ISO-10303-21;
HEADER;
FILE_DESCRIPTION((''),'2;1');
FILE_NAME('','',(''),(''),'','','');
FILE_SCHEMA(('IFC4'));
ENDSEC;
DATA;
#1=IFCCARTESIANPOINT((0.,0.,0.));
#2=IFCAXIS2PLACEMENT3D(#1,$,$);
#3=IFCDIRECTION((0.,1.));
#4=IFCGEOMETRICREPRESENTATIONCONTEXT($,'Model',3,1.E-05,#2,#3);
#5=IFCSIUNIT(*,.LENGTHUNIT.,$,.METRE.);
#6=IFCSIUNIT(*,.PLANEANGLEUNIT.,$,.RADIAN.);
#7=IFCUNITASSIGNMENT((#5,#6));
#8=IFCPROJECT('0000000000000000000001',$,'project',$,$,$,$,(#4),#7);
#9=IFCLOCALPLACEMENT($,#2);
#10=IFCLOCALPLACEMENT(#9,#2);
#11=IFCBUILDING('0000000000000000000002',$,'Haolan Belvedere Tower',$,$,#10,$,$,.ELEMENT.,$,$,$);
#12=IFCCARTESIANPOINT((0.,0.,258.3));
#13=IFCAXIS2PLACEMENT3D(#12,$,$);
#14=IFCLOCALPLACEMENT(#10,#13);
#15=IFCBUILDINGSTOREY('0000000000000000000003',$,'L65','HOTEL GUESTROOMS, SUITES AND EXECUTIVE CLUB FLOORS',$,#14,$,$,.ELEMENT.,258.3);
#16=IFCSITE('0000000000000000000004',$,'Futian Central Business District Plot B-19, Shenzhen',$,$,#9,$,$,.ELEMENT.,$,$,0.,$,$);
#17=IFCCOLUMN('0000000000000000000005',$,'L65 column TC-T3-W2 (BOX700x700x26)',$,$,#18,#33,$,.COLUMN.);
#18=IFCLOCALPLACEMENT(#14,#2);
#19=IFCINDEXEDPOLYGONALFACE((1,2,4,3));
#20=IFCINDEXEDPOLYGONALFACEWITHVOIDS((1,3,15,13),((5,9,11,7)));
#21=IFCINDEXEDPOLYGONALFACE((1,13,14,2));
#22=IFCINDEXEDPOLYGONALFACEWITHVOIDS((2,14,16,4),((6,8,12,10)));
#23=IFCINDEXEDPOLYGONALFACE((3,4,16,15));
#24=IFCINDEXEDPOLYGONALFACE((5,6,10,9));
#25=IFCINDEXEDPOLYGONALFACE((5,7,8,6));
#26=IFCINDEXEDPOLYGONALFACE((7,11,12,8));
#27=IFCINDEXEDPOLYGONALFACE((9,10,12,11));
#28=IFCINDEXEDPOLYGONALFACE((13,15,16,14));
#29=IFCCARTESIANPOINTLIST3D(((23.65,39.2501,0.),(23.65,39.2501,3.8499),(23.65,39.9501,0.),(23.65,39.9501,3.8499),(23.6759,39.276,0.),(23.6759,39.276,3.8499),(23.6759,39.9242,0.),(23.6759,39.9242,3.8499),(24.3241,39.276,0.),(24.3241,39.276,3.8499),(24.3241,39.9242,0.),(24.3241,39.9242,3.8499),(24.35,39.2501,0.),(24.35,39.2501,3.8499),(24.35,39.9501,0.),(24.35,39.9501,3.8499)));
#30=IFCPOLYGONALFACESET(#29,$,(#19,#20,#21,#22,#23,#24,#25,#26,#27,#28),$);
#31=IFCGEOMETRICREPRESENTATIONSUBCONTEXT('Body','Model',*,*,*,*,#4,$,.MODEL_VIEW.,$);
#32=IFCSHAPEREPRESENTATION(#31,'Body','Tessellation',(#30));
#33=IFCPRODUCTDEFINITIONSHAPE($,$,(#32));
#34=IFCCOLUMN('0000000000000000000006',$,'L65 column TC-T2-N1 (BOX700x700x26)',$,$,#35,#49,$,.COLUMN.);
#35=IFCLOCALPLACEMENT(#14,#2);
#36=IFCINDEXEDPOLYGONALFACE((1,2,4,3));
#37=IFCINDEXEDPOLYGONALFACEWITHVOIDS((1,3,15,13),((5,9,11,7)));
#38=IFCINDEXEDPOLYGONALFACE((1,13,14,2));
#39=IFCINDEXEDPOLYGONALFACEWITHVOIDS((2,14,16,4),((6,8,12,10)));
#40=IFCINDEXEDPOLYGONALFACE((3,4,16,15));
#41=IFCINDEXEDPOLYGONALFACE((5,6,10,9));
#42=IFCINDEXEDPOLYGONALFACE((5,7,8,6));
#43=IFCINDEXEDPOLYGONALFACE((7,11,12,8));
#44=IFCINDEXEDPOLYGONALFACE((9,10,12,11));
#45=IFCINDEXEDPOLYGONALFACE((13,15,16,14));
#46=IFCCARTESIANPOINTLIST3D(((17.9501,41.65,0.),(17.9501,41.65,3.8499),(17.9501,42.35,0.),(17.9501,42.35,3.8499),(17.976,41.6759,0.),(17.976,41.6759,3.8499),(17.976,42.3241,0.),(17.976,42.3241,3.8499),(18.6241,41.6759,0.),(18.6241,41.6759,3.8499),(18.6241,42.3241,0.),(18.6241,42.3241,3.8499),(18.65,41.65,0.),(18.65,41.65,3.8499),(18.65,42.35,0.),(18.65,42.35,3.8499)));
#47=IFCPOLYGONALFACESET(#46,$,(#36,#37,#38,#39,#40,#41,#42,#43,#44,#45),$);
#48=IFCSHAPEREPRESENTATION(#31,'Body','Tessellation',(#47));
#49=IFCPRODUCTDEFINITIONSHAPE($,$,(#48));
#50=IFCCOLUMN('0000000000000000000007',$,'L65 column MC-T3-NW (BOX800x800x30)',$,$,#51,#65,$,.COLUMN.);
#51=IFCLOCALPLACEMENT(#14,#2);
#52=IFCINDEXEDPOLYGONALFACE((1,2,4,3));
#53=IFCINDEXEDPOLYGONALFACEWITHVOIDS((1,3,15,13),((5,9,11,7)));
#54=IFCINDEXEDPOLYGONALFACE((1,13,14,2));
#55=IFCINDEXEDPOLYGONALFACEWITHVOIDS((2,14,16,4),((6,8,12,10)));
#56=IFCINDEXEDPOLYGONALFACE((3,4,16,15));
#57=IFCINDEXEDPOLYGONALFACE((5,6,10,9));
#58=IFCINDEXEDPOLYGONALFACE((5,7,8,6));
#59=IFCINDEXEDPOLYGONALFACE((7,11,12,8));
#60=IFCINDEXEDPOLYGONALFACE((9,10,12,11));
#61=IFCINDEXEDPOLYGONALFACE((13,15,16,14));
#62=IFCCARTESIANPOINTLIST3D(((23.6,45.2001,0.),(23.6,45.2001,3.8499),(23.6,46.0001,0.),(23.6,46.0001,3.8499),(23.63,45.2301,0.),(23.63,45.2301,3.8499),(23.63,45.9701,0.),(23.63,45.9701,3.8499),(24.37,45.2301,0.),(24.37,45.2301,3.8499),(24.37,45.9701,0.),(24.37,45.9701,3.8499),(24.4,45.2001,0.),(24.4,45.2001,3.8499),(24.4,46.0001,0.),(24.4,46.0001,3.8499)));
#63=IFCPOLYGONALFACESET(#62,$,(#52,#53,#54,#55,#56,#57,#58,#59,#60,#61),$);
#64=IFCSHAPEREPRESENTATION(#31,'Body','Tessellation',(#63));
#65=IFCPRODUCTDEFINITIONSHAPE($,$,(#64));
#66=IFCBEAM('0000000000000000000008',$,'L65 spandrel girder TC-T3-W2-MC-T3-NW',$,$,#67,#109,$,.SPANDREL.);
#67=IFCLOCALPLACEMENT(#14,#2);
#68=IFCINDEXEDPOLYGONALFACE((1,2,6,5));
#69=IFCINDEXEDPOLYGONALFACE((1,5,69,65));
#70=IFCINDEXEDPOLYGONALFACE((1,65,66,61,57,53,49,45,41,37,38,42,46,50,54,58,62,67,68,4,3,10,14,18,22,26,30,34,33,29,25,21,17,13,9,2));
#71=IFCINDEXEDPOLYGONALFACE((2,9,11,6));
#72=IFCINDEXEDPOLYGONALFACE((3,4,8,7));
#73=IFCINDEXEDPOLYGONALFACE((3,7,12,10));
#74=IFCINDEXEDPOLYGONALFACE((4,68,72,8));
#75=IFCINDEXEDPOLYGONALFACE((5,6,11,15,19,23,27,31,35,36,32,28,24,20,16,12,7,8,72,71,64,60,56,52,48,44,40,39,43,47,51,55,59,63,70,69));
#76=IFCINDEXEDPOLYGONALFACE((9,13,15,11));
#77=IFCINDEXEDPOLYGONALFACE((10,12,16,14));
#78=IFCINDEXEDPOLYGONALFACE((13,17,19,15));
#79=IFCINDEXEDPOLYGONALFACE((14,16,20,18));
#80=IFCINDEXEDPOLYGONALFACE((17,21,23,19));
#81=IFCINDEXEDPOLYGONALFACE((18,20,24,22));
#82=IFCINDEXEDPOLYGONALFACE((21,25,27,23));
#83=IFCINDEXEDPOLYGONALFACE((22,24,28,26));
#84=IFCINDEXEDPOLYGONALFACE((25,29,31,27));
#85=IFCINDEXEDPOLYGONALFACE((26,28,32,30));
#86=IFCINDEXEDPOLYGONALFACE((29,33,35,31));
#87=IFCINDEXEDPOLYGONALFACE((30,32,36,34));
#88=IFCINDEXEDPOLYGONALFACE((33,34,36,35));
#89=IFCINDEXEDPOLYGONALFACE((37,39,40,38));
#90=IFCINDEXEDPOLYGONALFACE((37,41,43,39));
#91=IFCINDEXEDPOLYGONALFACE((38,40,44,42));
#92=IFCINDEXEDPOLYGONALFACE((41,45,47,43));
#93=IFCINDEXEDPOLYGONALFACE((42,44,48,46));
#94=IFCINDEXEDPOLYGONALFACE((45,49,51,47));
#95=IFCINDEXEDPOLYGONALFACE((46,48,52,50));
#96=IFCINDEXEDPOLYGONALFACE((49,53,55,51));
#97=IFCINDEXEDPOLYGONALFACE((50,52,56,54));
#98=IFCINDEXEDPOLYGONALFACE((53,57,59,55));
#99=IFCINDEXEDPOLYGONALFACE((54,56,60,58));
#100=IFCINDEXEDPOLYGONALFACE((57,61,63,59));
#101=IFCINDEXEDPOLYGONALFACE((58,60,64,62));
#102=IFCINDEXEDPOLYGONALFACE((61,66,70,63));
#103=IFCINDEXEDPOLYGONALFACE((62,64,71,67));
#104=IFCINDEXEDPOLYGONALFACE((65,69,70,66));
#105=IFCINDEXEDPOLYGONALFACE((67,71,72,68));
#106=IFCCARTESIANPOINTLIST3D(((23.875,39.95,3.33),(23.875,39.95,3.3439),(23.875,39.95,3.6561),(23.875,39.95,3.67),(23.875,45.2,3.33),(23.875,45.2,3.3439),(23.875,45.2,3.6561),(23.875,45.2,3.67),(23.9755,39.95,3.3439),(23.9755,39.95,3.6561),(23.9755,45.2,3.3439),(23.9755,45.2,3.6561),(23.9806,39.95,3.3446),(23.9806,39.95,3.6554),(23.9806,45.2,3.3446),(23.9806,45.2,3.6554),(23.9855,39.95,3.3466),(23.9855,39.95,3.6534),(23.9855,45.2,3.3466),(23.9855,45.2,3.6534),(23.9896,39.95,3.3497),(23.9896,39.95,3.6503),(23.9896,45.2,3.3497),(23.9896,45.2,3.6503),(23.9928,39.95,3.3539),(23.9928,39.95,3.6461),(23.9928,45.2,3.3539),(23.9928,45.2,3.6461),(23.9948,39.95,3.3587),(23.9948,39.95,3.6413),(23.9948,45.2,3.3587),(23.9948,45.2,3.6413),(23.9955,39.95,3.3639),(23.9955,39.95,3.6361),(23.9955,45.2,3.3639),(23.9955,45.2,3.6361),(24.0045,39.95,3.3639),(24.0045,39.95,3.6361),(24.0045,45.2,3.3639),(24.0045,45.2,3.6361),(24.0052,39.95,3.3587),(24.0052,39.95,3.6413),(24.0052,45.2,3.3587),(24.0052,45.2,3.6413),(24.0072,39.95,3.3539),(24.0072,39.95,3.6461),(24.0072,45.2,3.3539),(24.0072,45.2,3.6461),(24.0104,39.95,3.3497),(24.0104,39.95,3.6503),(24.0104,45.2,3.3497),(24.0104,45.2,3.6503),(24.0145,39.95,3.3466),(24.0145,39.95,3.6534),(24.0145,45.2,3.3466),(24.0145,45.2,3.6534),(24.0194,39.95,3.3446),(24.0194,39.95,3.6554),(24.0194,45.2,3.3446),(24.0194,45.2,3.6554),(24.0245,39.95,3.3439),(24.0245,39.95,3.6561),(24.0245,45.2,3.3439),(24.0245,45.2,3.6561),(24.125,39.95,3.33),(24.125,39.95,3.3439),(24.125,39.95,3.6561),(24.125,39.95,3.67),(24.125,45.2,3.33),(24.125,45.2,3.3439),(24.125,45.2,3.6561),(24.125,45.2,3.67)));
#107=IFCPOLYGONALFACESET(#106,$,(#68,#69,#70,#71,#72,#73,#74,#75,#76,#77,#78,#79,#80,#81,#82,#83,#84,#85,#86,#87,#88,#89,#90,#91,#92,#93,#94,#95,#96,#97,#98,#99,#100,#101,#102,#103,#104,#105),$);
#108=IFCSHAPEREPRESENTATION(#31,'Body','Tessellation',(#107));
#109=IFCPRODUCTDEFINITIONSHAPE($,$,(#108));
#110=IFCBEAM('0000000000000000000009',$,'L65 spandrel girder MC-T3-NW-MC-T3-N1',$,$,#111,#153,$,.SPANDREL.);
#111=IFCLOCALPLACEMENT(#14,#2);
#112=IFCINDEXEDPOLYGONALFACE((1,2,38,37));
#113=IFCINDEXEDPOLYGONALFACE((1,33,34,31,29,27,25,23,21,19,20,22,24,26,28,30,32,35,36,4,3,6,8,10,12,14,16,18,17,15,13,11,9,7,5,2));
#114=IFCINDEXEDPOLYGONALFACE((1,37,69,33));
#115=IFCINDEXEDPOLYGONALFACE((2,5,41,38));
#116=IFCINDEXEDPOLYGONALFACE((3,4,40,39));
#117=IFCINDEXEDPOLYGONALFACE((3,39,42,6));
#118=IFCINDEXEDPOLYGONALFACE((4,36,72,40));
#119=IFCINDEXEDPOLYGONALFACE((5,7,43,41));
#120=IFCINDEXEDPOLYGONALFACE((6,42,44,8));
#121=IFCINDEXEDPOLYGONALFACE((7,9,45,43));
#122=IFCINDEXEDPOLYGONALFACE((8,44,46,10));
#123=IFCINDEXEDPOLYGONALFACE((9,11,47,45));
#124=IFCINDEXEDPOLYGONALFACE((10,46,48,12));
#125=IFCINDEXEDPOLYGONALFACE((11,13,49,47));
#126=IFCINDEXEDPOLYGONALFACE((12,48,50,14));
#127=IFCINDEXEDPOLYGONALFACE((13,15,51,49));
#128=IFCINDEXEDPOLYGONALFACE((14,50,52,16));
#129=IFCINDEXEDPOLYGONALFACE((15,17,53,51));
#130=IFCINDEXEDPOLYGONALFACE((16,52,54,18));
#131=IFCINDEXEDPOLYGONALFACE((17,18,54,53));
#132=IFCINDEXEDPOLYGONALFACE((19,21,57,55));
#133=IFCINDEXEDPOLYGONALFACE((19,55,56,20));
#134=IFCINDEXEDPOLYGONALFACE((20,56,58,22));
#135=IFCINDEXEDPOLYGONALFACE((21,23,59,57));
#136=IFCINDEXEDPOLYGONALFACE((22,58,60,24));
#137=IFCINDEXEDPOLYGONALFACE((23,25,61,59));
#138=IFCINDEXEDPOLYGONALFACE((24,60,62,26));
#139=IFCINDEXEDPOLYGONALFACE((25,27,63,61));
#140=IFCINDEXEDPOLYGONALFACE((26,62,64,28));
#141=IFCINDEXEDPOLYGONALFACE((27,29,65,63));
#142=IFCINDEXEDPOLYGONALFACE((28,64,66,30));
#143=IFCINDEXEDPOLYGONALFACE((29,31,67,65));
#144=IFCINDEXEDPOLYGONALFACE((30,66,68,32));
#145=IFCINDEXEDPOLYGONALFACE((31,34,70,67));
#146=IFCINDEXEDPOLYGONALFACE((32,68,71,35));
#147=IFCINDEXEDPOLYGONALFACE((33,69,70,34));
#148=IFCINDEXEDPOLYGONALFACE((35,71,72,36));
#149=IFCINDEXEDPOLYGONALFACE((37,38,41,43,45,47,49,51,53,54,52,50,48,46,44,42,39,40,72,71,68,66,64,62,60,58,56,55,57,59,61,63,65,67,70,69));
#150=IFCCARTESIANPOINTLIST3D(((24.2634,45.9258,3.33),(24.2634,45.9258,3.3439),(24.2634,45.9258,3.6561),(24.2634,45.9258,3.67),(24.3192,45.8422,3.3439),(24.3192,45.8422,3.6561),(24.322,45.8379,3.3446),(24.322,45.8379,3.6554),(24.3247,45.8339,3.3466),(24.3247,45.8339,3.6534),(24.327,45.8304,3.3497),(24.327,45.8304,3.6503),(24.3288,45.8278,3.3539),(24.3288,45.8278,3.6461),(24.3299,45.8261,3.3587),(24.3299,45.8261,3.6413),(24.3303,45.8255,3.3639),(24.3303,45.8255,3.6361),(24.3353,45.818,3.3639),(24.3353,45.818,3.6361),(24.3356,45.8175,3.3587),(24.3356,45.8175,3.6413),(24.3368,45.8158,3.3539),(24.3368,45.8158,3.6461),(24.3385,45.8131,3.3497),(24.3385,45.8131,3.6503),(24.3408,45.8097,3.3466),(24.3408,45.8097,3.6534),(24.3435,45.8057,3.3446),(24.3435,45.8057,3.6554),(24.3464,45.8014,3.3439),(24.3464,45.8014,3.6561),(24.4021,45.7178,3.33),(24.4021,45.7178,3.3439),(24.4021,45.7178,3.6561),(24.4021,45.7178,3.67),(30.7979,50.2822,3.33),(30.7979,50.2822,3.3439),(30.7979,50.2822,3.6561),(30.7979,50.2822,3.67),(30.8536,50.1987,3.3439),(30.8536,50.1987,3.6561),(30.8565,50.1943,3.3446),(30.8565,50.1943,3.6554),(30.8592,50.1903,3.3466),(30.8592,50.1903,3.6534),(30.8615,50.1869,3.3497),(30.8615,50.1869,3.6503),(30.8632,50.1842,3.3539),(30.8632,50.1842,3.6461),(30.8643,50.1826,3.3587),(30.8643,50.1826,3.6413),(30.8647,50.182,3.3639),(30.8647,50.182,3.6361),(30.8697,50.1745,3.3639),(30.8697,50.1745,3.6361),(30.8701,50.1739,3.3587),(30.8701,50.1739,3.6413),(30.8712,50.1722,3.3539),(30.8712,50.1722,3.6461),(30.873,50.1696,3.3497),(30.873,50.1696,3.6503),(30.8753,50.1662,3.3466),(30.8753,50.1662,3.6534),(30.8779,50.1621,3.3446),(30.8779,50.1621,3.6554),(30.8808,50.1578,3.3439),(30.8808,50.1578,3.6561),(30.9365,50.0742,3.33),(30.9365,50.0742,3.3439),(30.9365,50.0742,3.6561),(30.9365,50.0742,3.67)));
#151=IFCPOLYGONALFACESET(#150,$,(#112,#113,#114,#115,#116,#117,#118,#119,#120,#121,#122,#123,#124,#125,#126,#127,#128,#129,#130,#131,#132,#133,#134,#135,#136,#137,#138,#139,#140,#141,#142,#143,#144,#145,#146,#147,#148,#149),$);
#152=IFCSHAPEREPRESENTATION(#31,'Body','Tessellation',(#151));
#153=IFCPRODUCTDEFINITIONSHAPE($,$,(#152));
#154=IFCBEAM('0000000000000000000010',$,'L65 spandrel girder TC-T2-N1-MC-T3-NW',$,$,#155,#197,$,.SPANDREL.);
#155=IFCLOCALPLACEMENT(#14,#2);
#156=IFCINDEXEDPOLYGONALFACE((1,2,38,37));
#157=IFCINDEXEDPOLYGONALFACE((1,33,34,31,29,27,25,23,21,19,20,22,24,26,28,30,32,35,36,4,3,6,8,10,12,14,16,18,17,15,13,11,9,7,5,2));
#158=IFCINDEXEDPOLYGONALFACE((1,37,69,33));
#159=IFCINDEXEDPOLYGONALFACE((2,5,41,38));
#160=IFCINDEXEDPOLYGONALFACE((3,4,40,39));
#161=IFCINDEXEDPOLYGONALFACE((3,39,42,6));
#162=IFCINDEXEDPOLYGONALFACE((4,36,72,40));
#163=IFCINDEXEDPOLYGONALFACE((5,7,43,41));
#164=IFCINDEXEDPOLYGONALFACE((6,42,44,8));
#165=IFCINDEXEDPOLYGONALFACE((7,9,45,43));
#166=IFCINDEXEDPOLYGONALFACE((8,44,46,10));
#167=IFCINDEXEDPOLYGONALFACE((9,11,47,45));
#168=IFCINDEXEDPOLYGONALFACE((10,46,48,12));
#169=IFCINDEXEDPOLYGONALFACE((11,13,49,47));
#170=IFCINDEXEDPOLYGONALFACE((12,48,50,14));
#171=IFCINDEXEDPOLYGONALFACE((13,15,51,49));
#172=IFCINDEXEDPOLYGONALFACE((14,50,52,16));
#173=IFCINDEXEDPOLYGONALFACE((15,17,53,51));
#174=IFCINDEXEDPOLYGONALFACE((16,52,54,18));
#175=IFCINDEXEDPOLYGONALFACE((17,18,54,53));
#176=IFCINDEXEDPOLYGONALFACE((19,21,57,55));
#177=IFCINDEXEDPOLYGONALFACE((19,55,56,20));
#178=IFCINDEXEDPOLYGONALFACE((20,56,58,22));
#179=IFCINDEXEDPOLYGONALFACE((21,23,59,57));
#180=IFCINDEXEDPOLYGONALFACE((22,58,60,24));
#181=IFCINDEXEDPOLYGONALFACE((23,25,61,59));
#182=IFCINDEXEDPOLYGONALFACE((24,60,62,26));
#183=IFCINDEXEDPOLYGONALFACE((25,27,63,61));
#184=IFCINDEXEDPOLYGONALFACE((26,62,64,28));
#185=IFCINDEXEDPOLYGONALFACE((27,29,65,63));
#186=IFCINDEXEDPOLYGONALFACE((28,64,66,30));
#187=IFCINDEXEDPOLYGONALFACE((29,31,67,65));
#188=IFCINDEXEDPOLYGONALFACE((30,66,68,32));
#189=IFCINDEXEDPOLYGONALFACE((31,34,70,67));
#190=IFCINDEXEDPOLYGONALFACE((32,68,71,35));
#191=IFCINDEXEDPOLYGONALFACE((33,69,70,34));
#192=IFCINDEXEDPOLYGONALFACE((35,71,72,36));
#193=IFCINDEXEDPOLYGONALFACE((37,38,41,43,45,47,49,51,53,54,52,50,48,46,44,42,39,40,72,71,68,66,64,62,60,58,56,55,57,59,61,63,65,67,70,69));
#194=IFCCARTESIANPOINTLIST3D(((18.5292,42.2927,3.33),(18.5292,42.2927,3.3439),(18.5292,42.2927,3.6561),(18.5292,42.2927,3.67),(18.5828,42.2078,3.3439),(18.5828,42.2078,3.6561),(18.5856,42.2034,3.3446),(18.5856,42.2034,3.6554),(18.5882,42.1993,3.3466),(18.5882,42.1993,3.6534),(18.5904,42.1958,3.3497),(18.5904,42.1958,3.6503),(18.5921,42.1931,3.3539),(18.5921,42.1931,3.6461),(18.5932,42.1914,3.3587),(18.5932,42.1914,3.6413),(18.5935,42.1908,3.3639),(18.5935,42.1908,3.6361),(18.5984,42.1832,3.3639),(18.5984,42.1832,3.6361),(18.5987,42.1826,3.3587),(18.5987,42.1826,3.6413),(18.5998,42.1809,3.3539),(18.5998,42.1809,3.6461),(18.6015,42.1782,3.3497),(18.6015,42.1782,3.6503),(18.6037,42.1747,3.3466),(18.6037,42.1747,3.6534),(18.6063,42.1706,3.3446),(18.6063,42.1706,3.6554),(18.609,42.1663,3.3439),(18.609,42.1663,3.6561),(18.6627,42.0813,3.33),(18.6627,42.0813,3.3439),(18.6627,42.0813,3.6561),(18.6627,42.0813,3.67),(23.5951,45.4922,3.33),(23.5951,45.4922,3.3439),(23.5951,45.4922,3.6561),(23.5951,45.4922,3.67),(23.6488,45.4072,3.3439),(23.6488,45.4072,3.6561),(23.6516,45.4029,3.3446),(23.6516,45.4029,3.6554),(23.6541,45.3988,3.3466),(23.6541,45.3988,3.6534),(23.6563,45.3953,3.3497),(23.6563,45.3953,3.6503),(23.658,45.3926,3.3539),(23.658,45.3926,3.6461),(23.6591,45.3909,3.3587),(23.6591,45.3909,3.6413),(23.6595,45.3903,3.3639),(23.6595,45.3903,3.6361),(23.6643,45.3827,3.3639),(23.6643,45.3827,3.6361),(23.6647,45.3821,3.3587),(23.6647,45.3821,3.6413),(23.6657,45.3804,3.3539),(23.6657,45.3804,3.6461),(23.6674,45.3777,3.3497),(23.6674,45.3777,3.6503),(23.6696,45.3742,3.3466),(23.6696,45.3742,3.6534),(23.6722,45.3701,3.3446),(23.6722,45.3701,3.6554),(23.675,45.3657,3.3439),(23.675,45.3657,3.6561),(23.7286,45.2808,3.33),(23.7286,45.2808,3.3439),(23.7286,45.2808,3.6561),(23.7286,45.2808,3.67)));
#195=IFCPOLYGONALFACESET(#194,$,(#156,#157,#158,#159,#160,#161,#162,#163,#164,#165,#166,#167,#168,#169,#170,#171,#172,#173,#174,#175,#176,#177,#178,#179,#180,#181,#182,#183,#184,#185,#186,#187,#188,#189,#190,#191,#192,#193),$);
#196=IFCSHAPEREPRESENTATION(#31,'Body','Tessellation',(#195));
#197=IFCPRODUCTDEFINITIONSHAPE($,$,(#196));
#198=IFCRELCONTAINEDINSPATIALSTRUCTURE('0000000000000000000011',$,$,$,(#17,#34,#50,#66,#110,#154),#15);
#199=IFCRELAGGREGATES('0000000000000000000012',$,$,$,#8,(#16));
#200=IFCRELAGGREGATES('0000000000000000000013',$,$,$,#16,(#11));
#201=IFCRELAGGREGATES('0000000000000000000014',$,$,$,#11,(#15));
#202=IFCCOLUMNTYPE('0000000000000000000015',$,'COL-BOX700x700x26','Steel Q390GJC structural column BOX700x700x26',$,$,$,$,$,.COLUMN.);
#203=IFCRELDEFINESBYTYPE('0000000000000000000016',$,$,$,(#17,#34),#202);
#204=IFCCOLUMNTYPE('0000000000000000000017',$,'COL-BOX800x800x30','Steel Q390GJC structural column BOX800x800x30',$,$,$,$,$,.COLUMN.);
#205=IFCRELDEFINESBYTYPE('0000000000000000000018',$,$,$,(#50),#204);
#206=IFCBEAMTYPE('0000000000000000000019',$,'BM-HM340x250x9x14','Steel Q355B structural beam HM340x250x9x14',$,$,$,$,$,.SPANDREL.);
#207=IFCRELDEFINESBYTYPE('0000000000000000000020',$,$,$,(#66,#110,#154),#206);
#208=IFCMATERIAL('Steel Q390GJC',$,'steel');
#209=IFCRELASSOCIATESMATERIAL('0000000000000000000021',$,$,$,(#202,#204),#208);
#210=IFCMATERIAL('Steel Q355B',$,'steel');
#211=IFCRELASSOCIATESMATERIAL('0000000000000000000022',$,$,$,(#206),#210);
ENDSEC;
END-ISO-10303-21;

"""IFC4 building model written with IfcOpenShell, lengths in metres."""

from ifc_helpers import new_model, si_unit, direction, frame, origin, origin_2d, place, context, subcontext, project, spatial, hollow_rectangle, i_section, extrude, material, material_profile, profile_set, type_object, element, save


model = new_model("IFC4")

# Units and contexts
model_context = context("Model", 3, precision=1e-05, world=origin(), true_north=direction((0.0, 1.0)))
body_context = subcontext(model_context, "Body", "Model", "MODEL_VIEW")
ifc_project = project(units=[si_unit("LENGTHUNIT", "METRE"), si_unit("PLANEANGLEUNIT", "RADIAN")], contexts=[model_context])

# Site, building, storey
site_placement = place(None, origin())
site = spatial("IfcSite", under=ifc_project, at=site_placement, Name="Futian Central Business District Plot B-19, Shenzhen", CompositionType="ELEMENT", RefElevation=0.0)
building_placement = place(site_placement, origin())
building = spatial("IfcBuilding", under=site, at=building_placement, Name="Haolan Belvedere Tower", CompositionType="ELEMENT")
storey_placement = place(building_placement, frame((0.0, 0.0, 258.3)))
storey = spatial("IfcBuildingStorey", under=building, at=storey_placement, Name="L65", Description="HOTEL GUESTROOMS, SUITES AND EXECUTIVE CLUB FLOORS", CompositionType="ELEMENT", Elevation=258.3)

# Columns
ifc_material_1 = material(Name="Steel Q390GJC", Category="steel")
ifc_material_profile_1 = material_profile(ifc_material_1, hollow_rectangle(XDim=0.7, YDim=0.7, WallThickness=0.0259, at=origin_2d()), Name="Steel Q390GJC")
ifc_profile_set_1 = profile_set([ifc_material_profile_1], Name="Steel Q390GJC")
column_type_1 = type_object("IfcColumnType", Name="COL-BOX700x700x26", Description="Steel Q390GJC structural column BOX700x700x26", PredefinedType="COLUMN", material=ifc_profile_set_1)
for number, where, z_axis, x_axis, name in (
    (1, (24.0, 39.6001, 0.0), (0.0, 0.0, 1.0), (1.0, 0.0, 0.0), "L65 column TC-T3-W2 (BOX700x700x26)"),
    (2, (18.3, 42.0, 0.0), (0.0, 0.0, 1.0), (1.0, 0.0, 0.0), "L65 column TC-T2-N1 (BOX700x700x26)"),
):
    element("IfcColumn", number, at=place(storey_placement, frame(where, z_axis=z_axis, x_axis=x_axis)), inside=storey, type_object=column_type_1, Name=name, PredefinedType="COLUMN", context=body_context, shape_type="SweptSolid", body=[
        extrude(hollow_rectangle(XDim=0.7, YDim=0.7, WallThickness=0.0259, at=origin_2d()), origin(), (0.0, 0.0, 1.0), 3.8499),
    ])
ifc_material_profile_2 = material_profile(ifc_material_1, hollow_rectangle(XDim=0.8, YDim=0.8, WallThickness=0.03, at=origin_2d()), Name="Steel Q390GJC")
ifc_profile_set_2 = profile_set([ifc_material_profile_2], Name="Steel Q390GJC")
column_type_2 = type_object("IfcColumnType", Name="COL-BOX800x800x30", Description="Steel Q390GJC structural column BOX800x800x30", PredefinedType="COLUMN", material=ifc_profile_set_2)
column_placement = place(storey_placement, frame((24.0, 45.6001, 0.0), z_axis=(0.0, 0.0, 1.0), x_axis=(1.0, 0.0, 0.0)))
element("IfcColumn", 3, at=column_placement, inside=storey, type_object=column_type_2, Name="L65 column MC-T3-NW (BOX800x800x30)", PredefinedType="COLUMN", context=body_context, shape_type="SweptSolid", body=[
    extrude(hollow_rectangle(XDim=0.8, YDim=0.8, WallThickness=0.03, at=origin_2d()), origin(), (0.0, 0.0, 1.0), 3.8499),
])

# Beams
ifc_material_2 = material(Name="Steel Q355B", Category="steel")
ifc_material_profile_3 = material_profile(ifc_material_2, i_section(OverallWidth=0.25, OverallDepth=0.3401, WebThickness=0.009, FlangeThickness=0.0139, FilletRadius=0.02, at=origin_2d()), Name="Steel Q355B")
ifc_profile_set_3 = profile_set([ifc_material_profile_3], Name="Steel Q355B")
beam_type_1 = type_object("IfcBeamType", Name="BM-HM340x250x9x14", Description="Steel Q355B structural beam HM340x250x9x14", PredefinedType="SPANDREL", material=ifc_profile_set_3)
beam_1_placement = place(storey_placement, frame((24.0, 39.95, 3.5), z_axis=(0.0, 1.0, 0.0), x_axis=(-1.0, 0.0, 0.0)))
element("IfcBeam", 4, at=beam_1_placement, inside=storey, type_object=beam_type_1, Name="L65 spandrel girder TC-T3-W2-MC-T3-NW", PredefinedType="SPANDREL", context=body_context, shape_type="SweptSolid", body=[
    extrude(i_section(OverallWidth=0.25, OverallDepth=0.3401, WebThickness=0.009, FlangeThickness=0.0139, FilletRadius=0.02, at=origin_2d()), origin(), (0.0, 0.0, 1.0), 5.25),
])
beam_2_placement = place(storey_placement, frame((24.3328, 45.8218, 3.5), z_axis=(0.832041, 0.554715, 0.0), x_axis=(-0.554715, 0.832041, 0.0)))
element("IfcBeam", 5, at=beam_2_placement, inside=storey, type_object=beam_type_1, Name="L65 spandrel girder MC-T3-NW-MC-T3-N1", PredefinedType="SPANDREL", context=body_context, shape_type="SweptSolid", body=[
    extrude(i_section(OverallWidth=0.25, OverallDepth=0.3401, WebThickness=0.009, FlangeThickness=0.0139, FilletRadius=0.02, at=origin_2d()), origin(), (0.0, 0.0, 1.0), 7.8535),
])
beam_3_placement = place(storey_placement, frame((18.5959, 42.187, 3.5), z_axis=(0.845494, 0.533985, 0.0), x_axis=(-0.533985, 0.845494, 0.0)))
element("IfcBeam", 6, at=beam_3_placement, inside=storey, type_object=beam_type_1, Name="L65 spandrel girder TC-T2-N1-MC-T3-NW", PredefinedType="SPANDREL", context=body_context, shape_type="SweptSolid", body=[
    extrude(i_section(OverallWidth=0.25, OverallDepth=0.3401, WebThickness=0.009, FlangeThickness=0.0139, FilletRadius=0.02, at=origin_2d()), origin(), (0.0, 0.0, 1.0), 5.9917),
])

save(model, "model.ifc")
